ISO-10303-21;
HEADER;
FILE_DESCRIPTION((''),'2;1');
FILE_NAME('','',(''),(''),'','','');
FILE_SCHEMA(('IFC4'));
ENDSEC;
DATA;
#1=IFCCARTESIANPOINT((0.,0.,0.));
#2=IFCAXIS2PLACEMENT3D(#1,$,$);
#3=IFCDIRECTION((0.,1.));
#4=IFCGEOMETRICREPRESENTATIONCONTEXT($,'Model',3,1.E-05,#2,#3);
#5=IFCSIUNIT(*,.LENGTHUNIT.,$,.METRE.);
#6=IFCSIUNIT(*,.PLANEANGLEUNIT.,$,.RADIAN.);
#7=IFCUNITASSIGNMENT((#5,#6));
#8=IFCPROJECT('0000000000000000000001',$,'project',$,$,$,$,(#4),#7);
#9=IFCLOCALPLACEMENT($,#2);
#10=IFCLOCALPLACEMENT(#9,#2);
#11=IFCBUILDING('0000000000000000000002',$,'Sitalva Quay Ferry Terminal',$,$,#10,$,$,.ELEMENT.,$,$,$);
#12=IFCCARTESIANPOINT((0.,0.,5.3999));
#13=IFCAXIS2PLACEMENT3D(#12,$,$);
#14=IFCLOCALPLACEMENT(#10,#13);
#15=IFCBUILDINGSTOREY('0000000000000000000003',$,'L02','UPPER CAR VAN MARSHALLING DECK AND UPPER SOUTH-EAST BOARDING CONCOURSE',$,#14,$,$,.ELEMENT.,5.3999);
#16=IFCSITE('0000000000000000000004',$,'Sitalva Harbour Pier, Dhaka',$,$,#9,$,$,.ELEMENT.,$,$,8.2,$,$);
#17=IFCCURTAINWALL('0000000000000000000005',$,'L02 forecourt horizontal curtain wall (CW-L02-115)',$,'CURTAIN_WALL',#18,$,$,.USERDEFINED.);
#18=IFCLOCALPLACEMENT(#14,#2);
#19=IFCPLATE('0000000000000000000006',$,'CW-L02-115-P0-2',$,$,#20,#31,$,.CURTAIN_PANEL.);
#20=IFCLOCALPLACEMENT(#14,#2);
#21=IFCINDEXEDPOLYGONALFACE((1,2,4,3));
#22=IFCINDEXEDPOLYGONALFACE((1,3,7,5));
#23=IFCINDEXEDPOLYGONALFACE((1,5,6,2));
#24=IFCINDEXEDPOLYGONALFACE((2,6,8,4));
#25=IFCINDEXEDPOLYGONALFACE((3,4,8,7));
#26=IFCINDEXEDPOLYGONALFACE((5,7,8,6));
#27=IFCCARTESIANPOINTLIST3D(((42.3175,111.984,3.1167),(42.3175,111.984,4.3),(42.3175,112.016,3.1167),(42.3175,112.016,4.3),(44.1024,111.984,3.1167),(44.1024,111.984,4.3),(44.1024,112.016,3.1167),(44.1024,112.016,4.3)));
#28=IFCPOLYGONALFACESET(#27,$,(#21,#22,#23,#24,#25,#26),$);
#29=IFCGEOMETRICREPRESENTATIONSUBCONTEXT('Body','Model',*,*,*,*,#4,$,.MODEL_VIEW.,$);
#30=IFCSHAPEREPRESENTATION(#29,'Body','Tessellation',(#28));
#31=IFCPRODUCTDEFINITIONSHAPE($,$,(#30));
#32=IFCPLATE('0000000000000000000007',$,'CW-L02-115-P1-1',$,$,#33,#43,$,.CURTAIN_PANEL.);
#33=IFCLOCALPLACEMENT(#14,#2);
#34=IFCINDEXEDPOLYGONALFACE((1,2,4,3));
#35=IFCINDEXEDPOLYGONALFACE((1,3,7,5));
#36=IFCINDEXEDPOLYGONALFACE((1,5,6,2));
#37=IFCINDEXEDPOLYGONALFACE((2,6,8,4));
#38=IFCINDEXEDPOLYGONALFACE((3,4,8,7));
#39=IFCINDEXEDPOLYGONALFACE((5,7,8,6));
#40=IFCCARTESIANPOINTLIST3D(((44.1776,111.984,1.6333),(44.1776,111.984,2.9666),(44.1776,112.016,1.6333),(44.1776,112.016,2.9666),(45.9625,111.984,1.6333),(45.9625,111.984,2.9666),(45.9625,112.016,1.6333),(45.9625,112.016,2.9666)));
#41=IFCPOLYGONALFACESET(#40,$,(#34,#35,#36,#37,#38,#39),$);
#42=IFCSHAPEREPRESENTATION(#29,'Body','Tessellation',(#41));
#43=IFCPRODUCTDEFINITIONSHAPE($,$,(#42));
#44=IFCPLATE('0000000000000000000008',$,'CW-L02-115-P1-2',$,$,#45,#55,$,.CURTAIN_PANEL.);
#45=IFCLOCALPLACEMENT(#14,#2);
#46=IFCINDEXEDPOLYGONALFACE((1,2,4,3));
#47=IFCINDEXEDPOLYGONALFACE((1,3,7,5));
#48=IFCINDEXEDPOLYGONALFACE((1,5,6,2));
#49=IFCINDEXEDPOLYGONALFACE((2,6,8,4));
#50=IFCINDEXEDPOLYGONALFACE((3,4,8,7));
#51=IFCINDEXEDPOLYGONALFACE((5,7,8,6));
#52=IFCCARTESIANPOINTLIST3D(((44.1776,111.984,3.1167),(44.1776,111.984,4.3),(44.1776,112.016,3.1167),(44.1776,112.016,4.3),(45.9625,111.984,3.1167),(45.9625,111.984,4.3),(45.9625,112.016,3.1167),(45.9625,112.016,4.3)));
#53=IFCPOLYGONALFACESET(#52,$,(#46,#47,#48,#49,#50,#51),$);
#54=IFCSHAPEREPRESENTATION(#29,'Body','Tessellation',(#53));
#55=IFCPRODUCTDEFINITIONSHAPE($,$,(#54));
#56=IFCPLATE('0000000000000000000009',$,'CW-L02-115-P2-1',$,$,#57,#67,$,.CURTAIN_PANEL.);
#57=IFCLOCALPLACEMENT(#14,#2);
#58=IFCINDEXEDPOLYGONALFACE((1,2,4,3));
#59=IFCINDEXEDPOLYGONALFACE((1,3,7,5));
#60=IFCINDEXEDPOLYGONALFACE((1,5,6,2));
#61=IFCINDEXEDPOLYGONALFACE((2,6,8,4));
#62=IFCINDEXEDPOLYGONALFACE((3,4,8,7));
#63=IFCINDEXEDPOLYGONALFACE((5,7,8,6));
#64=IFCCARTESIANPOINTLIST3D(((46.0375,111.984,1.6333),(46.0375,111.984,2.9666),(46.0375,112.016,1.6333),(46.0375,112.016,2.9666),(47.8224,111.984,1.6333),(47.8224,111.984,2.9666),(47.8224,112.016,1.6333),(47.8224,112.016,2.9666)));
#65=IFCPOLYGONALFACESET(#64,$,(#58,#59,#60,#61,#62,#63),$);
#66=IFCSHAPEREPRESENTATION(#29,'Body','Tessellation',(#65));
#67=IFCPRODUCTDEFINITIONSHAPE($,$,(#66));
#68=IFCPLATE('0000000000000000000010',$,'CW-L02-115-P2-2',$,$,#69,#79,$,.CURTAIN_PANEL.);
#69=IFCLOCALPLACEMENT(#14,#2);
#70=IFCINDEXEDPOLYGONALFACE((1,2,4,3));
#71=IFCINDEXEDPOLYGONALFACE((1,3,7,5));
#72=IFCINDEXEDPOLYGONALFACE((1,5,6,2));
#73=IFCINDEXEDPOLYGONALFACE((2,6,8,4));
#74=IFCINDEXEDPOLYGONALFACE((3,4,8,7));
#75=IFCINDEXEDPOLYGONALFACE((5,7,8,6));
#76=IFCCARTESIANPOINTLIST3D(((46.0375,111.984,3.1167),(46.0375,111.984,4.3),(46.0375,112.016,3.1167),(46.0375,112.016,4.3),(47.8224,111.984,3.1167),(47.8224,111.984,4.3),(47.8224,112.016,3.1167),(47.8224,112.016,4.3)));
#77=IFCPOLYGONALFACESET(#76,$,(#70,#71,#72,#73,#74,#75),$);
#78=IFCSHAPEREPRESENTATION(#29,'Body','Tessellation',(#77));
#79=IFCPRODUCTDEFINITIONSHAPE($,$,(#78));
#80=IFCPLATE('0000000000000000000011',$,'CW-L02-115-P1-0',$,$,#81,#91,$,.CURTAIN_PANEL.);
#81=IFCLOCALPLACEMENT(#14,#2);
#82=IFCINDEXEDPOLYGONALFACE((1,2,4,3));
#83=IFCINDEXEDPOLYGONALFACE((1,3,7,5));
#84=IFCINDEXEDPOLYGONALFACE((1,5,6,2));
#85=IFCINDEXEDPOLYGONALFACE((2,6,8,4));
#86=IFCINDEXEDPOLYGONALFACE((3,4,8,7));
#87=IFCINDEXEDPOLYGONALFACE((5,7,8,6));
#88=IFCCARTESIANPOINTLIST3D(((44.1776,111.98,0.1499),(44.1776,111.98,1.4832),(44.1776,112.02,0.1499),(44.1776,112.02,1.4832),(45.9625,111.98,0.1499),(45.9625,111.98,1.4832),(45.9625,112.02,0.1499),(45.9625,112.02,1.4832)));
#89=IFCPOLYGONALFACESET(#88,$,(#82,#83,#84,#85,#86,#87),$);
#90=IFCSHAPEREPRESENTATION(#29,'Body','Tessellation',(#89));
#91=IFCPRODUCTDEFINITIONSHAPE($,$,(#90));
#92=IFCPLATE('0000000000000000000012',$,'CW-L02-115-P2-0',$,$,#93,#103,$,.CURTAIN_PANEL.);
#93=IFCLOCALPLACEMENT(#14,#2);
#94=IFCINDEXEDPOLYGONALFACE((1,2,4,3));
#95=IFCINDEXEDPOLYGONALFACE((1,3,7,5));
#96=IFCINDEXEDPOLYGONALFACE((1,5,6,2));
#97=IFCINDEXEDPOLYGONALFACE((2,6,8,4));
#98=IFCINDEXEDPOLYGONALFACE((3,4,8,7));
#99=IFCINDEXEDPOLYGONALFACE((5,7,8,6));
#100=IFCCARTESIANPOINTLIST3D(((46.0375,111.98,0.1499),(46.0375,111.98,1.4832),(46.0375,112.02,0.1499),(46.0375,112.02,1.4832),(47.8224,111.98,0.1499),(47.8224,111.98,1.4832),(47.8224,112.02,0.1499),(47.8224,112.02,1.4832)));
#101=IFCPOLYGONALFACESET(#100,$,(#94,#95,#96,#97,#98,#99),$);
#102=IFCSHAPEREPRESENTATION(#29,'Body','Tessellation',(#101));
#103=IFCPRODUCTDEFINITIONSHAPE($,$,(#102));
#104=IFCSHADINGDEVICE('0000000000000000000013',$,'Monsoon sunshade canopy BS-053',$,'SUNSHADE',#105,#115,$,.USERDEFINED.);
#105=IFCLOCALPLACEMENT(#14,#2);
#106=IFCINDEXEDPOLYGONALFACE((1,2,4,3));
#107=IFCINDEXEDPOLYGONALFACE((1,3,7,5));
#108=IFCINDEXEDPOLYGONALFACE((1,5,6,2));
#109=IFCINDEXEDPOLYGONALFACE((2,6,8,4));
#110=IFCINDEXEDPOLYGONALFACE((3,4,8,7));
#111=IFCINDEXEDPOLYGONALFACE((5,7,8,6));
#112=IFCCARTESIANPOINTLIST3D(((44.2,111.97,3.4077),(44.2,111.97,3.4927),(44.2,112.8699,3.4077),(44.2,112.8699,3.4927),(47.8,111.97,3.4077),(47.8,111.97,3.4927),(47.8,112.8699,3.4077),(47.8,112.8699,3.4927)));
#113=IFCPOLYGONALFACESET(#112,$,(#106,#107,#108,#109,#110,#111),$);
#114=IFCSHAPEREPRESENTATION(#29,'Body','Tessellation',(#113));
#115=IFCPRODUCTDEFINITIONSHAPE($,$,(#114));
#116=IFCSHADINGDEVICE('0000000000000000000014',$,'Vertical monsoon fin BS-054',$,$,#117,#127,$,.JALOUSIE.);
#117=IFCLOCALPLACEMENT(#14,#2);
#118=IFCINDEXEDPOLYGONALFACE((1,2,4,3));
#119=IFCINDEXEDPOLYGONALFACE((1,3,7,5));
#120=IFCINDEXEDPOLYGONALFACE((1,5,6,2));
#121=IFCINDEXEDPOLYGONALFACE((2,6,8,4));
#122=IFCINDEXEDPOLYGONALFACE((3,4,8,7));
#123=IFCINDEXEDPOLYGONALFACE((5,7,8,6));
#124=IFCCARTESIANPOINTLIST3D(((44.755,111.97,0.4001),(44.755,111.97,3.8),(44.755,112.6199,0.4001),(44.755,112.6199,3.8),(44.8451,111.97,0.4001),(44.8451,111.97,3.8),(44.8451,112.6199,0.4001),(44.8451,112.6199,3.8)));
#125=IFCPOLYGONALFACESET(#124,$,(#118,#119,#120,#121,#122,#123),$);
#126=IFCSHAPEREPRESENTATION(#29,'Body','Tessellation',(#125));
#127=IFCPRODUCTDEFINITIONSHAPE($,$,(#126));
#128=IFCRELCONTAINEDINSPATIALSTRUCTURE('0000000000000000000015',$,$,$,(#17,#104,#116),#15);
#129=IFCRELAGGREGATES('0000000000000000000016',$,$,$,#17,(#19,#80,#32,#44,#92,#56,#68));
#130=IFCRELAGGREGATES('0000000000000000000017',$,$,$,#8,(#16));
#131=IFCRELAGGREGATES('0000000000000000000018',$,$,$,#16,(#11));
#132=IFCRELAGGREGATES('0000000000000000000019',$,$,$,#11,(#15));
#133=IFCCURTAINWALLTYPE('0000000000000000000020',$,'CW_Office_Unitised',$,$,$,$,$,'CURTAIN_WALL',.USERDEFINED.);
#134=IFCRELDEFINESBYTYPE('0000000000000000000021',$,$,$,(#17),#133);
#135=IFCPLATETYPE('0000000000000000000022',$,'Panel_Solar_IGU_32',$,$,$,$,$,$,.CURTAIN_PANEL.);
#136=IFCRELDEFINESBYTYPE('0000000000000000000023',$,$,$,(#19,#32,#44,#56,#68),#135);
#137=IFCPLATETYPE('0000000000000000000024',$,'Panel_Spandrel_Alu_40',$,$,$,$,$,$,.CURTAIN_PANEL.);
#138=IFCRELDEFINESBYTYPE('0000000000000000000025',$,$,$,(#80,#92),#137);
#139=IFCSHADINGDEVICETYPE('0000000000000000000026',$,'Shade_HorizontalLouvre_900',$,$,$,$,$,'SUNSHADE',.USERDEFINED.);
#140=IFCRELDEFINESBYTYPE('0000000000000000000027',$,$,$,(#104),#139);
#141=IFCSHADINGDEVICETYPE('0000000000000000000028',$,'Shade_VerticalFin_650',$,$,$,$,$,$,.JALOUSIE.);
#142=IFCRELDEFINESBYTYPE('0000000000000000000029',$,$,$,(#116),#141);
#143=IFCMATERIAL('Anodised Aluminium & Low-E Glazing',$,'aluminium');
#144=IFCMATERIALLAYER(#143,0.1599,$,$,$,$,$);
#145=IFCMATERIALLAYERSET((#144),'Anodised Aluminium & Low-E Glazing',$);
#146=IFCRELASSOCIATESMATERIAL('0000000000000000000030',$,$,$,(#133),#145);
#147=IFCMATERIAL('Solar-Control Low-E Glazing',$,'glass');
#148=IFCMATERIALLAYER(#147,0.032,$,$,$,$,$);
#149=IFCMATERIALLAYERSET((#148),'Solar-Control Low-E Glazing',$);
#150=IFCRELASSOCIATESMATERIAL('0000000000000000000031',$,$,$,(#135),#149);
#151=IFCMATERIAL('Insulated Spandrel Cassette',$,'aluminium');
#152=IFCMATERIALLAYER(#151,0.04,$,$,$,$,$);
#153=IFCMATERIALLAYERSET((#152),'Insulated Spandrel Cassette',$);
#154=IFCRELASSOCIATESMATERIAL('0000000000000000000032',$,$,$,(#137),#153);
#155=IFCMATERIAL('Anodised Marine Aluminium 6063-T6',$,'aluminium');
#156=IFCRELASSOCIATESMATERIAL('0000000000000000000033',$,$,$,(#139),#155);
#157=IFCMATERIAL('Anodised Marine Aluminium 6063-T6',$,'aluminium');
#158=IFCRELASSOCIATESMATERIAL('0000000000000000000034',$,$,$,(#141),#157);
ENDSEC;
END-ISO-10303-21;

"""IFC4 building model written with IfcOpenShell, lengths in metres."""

from ifc_helpers import new_model, si_unit, direction, frame, origin, origin_2d, place, context, subcontext, project, spatial, rectangle, extrude, material, layer, layer_set, type_object, element, aggregate, save


model = new_model("IFC4")

# Units and contexts
model_context = context("Model", 3, precision=1e-05, world=origin(), true_north=direction((0.0, 1.0)))
body_context = subcontext(model_context, "Body", "Model", "MODEL_VIEW")
ifc_project = project(units=[si_unit("LENGTHUNIT", "METRE"), si_unit("PLANEANGLEUNIT", "RADIAN")], contexts=[model_context])

# Site, building, storey
site_placement = place(None, origin())
site = spatial("IfcSite", under=ifc_project, at=site_placement, Name="Sitalva Harbour Pier, Dhaka", CompositionType="ELEMENT", RefElevation=8.2)
building_placement = place(site_placement, origin())
building = spatial("IfcBuilding", under=site, at=building_placement, Name="Sitalva Quay Ferry Terminal", CompositionType="ELEMENT")
storey_placement = place(building_placement, frame((0.0, 0.0, 5.3999)))
storey = spatial("IfcBuildingStorey", under=building, at=storey_placement, Name="L02", Description="UPPER CAR VAN MARSHALLING DECK AND UPPER SOUTH-EAST BOARDING CONCOURSE", CompositionType="ELEMENT", Elevation=5.3999)

# Curtain wall, plates
ifc_material_1 = material(Name="Anodised Aluminium & Low-E Glazing", Category="aluminium")
ifc_layer_1 = layer(ifc_material_1, 0.1599)
ifc_layer_set_1 = layer_set([ifc_layer_1], Name="Anodised Aluminium & Low-E Glazing")
curtain_wall_type = type_object("IfcCurtainWallType", Name="CW_Office_Unitised", ElementType="CURTAIN_WALL", PredefinedType="USERDEFINED", material=ifc_layer_set_1)
curtain_wall_placement = place(storey_placement, origin())
curtain_wall = element("IfcCurtainWall", 1, at=curtain_wall_placement, inside=storey, type_object=curtain_wall_type, Name="L02 forecourt horizontal curtain wall (CW-L02-115)", ObjectType="CURTAIN_WALL", PredefinedType="USERDEFINED")
ifc_material_2 = material(Name="Solar-Control Low-E Glazing", Category="glass")
ifc_layer_2 = layer(ifc_material_2, 0.032)
ifc_layer_set_2 = layer_set([ifc_layer_2], Name="Solar-Control Low-E Glazing")
plate_type_1 = type_object("IfcPlateType", Name="Panel_Solar_IGU_32", PredefinedType="CURTAIN_PANEL", material=ifc_layer_set_2)
plate_1_placement = place(storey_placement, frame((43.21, 112.0, 3.1167), z_axis=(0.0, 0.0, 1.0), x_axis=(1.0, 0.0, 0.0)))
plate_1 = element("IfcPlate", 2, at=plate_1_placement, type_object=plate_type_1, Name="CW-L02-115-P0-2", PredefinedType="CURTAIN_PANEL", context=body_context, shape_type="SweptSolid", body=[
    extrude(rectangle(XDim=1.7849, YDim=0.032, at=origin_2d()), origin(), (0.0, 0.0, 1.0), 1.1833),
])
plate_2_placement = place(storey_placement, frame((45.0701, 112.0, 1.6333), z_axis=(0.0, 0.0, 1.0), x_axis=(1.0, 0.0, 0.0)))
plate_2 = element("IfcPlate", 3, at=plate_2_placement, type_object=plate_type_1, Name="CW-L02-115-P1-1", PredefinedType="CURTAIN_PANEL", context=body_context, shape_type="SweptSolid", body=[
    extrude(rectangle(XDim=1.7849, YDim=0.032, at=origin_2d()), origin(), (0.0, 0.0, 1.0), 1.3333),
])
plate_3_placement = place(storey_placement, frame((45.0701, 112.0, 3.1167), z_axis=(0.0, 0.0, 1.0), x_axis=(1.0, 0.0, 0.0)))
plate_3 = element("IfcPlate", 4, at=plate_3_placement, type_object=plate_type_1, Name="CW-L02-115-P1-2", PredefinedType="CURTAIN_PANEL", context=body_context, shape_type="SweptSolid", body=[
    extrude(rectangle(XDim=1.7849, YDim=0.032, at=origin_2d()), origin(), (0.0, 0.0, 1.0), 1.1833),
])
plate_4_placement = place(storey_placement, frame((46.9299, 112.0, 1.6333), z_axis=(0.0, 0.0, 1.0), x_axis=(1.0, 0.0, 0.0)))
plate_4 = element("IfcPlate", 5, at=plate_4_placement, type_object=plate_type_1, Name="CW-L02-115-P2-1", PredefinedType="CURTAIN_PANEL", context=body_context, shape_type="SweptSolid", body=[
    extrude(rectangle(XDim=1.7849, YDim=0.032, at=origin_2d()), origin(), (0.0, 0.0, 1.0), 1.3333),
])
plate_5_placement = place(storey_placement, frame((46.9299, 112.0, 3.1167), z_axis=(0.0, 0.0, 1.0), x_axis=(1.0, 0.0, 0.0)))
plate_5 = element("IfcPlate", 6, at=plate_5_placement, type_object=plate_type_1, Name="CW-L02-115-P2-2", PredefinedType="CURTAIN_PANEL", context=body_context, shape_type="SweptSolid", body=[
    extrude(rectangle(XDim=1.7849, YDim=0.032, at=origin_2d()), origin(), (0.0, 0.0, 1.0), 1.1833),
])
ifc_material_3 = material(Name="Insulated Spandrel Cassette", Category="aluminium")
ifc_layer_3 = layer(ifc_material_3, 0.04)
ifc_layer_set_3 = layer_set([ifc_layer_3], Name="Insulated Spandrel Cassette")
plate_type_2 = type_object("IfcPlateType", Name="Panel_Spandrel_Alu_40", PredefinedType="CURTAIN_PANEL", material=ifc_layer_set_3)
plate_6_placement = place(storey_placement, frame((45.0701, 112.0, 0.1499), z_axis=(0.0, 0.0, 1.0), x_axis=(1.0, 0.0, 0.0)))
plate_6 = element("IfcPlate", 7, at=plate_6_placement, type_object=plate_type_2, Name="CW-L02-115-P1-0", PredefinedType="CURTAIN_PANEL", context=body_context, shape_type="SweptSolid", body=[
    extrude(rectangle(XDim=1.7849, YDim=0.04, at=origin_2d()), origin(), (0.0, 0.0, 1.0), 1.3333),
])
plate_7_placement = place(storey_placement, frame((46.9299, 112.0, 0.1499), z_axis=(0.0, 0.0, 1.0), x_axis=(1.0, 0.0, 0.0)))
plate_7 = element("IfcPlate", 8, at=plate_7_placement, type_object=plate_type_2, Name="CW-L02-115-P2-0", PredefinedType="CURTAIN_PANEL", context=body_context, shape_type="SweptSolid", body=[
    extrude(rectangle(XDim=1.7849, YDim=0.04, at=origin_2d()), origin(), (0.0, 0.0, 1.0), 1.3333),
])
aggregate(curtain_wall, [plate_1, plate_6, plate_2, plate_3, plate_7, plate_4, plate_5])

# Shading devices
ifc_material_4 = material(Name="Anodised Marine Aluminium 6063-T6", Category="aluminium")
shading_device_type_1 = type_object("IfcShadingDeviceType", Name="Shade_HorizontalLouvre_900", ElementType="SUNSHADE", PredefinedType="USERDEFINED", material=ifc_material_4)
shading_device_1_placement = place(storey_placement, frame((46.0, 112.4199, 3.4077), z_axis=(0.0, 0.0, 1.0), x_axis=(1.0, 0.0, 0.0)))
element("IfcShadingDevice", 9, at=shading_device_1_placement, inside=storey, type_object=shading_device_type_1, Name="Monsoon sunshade canopy BS-053", ObjectType="SUNSHADE", PredefinedType="USERDEFINED", context=body_context, shape_type="SweptSolid", body=[
    extrude(rectangle(XDim=3.6001, YDim=0.8999, at=origin_2d()), origin(), (0.0, 0.0, 1.0), 0.085),
])
ifc_material_5 = material(Name="Anodised Marine Aluminium 6063-T6", Category="aluminium")
shading_device_type_2 = type_object("IfcShadingDeviceType", Name="Shade_VerticalFin_650", PredefinedType="JALOUSIE", material=ifc_material_5)
shading_device_2_placement = place(storey_placement, frame((44.8, 112.2949, 0.4001), z_axis=(0.0, 0.0, 1.0), x_axis=(1.0, 0.0, 0.0)))
element("IfcShadingDevice", 10, at=shading_device_2_placement, inside=storey, type_object=shading_device_type_2, Name="Vertical monsoon fin BS-054", PredefinedType="JALOUSIE", context=body_context, shape_type="SweptSolid", body=[
    extrude(rectangle(XDim=0.0901, YDim=0.6499, at=origin_2d()), origin(), (0.0, 0.0, 1.0), 3.3999),
])

save(model, "model.ifc")
